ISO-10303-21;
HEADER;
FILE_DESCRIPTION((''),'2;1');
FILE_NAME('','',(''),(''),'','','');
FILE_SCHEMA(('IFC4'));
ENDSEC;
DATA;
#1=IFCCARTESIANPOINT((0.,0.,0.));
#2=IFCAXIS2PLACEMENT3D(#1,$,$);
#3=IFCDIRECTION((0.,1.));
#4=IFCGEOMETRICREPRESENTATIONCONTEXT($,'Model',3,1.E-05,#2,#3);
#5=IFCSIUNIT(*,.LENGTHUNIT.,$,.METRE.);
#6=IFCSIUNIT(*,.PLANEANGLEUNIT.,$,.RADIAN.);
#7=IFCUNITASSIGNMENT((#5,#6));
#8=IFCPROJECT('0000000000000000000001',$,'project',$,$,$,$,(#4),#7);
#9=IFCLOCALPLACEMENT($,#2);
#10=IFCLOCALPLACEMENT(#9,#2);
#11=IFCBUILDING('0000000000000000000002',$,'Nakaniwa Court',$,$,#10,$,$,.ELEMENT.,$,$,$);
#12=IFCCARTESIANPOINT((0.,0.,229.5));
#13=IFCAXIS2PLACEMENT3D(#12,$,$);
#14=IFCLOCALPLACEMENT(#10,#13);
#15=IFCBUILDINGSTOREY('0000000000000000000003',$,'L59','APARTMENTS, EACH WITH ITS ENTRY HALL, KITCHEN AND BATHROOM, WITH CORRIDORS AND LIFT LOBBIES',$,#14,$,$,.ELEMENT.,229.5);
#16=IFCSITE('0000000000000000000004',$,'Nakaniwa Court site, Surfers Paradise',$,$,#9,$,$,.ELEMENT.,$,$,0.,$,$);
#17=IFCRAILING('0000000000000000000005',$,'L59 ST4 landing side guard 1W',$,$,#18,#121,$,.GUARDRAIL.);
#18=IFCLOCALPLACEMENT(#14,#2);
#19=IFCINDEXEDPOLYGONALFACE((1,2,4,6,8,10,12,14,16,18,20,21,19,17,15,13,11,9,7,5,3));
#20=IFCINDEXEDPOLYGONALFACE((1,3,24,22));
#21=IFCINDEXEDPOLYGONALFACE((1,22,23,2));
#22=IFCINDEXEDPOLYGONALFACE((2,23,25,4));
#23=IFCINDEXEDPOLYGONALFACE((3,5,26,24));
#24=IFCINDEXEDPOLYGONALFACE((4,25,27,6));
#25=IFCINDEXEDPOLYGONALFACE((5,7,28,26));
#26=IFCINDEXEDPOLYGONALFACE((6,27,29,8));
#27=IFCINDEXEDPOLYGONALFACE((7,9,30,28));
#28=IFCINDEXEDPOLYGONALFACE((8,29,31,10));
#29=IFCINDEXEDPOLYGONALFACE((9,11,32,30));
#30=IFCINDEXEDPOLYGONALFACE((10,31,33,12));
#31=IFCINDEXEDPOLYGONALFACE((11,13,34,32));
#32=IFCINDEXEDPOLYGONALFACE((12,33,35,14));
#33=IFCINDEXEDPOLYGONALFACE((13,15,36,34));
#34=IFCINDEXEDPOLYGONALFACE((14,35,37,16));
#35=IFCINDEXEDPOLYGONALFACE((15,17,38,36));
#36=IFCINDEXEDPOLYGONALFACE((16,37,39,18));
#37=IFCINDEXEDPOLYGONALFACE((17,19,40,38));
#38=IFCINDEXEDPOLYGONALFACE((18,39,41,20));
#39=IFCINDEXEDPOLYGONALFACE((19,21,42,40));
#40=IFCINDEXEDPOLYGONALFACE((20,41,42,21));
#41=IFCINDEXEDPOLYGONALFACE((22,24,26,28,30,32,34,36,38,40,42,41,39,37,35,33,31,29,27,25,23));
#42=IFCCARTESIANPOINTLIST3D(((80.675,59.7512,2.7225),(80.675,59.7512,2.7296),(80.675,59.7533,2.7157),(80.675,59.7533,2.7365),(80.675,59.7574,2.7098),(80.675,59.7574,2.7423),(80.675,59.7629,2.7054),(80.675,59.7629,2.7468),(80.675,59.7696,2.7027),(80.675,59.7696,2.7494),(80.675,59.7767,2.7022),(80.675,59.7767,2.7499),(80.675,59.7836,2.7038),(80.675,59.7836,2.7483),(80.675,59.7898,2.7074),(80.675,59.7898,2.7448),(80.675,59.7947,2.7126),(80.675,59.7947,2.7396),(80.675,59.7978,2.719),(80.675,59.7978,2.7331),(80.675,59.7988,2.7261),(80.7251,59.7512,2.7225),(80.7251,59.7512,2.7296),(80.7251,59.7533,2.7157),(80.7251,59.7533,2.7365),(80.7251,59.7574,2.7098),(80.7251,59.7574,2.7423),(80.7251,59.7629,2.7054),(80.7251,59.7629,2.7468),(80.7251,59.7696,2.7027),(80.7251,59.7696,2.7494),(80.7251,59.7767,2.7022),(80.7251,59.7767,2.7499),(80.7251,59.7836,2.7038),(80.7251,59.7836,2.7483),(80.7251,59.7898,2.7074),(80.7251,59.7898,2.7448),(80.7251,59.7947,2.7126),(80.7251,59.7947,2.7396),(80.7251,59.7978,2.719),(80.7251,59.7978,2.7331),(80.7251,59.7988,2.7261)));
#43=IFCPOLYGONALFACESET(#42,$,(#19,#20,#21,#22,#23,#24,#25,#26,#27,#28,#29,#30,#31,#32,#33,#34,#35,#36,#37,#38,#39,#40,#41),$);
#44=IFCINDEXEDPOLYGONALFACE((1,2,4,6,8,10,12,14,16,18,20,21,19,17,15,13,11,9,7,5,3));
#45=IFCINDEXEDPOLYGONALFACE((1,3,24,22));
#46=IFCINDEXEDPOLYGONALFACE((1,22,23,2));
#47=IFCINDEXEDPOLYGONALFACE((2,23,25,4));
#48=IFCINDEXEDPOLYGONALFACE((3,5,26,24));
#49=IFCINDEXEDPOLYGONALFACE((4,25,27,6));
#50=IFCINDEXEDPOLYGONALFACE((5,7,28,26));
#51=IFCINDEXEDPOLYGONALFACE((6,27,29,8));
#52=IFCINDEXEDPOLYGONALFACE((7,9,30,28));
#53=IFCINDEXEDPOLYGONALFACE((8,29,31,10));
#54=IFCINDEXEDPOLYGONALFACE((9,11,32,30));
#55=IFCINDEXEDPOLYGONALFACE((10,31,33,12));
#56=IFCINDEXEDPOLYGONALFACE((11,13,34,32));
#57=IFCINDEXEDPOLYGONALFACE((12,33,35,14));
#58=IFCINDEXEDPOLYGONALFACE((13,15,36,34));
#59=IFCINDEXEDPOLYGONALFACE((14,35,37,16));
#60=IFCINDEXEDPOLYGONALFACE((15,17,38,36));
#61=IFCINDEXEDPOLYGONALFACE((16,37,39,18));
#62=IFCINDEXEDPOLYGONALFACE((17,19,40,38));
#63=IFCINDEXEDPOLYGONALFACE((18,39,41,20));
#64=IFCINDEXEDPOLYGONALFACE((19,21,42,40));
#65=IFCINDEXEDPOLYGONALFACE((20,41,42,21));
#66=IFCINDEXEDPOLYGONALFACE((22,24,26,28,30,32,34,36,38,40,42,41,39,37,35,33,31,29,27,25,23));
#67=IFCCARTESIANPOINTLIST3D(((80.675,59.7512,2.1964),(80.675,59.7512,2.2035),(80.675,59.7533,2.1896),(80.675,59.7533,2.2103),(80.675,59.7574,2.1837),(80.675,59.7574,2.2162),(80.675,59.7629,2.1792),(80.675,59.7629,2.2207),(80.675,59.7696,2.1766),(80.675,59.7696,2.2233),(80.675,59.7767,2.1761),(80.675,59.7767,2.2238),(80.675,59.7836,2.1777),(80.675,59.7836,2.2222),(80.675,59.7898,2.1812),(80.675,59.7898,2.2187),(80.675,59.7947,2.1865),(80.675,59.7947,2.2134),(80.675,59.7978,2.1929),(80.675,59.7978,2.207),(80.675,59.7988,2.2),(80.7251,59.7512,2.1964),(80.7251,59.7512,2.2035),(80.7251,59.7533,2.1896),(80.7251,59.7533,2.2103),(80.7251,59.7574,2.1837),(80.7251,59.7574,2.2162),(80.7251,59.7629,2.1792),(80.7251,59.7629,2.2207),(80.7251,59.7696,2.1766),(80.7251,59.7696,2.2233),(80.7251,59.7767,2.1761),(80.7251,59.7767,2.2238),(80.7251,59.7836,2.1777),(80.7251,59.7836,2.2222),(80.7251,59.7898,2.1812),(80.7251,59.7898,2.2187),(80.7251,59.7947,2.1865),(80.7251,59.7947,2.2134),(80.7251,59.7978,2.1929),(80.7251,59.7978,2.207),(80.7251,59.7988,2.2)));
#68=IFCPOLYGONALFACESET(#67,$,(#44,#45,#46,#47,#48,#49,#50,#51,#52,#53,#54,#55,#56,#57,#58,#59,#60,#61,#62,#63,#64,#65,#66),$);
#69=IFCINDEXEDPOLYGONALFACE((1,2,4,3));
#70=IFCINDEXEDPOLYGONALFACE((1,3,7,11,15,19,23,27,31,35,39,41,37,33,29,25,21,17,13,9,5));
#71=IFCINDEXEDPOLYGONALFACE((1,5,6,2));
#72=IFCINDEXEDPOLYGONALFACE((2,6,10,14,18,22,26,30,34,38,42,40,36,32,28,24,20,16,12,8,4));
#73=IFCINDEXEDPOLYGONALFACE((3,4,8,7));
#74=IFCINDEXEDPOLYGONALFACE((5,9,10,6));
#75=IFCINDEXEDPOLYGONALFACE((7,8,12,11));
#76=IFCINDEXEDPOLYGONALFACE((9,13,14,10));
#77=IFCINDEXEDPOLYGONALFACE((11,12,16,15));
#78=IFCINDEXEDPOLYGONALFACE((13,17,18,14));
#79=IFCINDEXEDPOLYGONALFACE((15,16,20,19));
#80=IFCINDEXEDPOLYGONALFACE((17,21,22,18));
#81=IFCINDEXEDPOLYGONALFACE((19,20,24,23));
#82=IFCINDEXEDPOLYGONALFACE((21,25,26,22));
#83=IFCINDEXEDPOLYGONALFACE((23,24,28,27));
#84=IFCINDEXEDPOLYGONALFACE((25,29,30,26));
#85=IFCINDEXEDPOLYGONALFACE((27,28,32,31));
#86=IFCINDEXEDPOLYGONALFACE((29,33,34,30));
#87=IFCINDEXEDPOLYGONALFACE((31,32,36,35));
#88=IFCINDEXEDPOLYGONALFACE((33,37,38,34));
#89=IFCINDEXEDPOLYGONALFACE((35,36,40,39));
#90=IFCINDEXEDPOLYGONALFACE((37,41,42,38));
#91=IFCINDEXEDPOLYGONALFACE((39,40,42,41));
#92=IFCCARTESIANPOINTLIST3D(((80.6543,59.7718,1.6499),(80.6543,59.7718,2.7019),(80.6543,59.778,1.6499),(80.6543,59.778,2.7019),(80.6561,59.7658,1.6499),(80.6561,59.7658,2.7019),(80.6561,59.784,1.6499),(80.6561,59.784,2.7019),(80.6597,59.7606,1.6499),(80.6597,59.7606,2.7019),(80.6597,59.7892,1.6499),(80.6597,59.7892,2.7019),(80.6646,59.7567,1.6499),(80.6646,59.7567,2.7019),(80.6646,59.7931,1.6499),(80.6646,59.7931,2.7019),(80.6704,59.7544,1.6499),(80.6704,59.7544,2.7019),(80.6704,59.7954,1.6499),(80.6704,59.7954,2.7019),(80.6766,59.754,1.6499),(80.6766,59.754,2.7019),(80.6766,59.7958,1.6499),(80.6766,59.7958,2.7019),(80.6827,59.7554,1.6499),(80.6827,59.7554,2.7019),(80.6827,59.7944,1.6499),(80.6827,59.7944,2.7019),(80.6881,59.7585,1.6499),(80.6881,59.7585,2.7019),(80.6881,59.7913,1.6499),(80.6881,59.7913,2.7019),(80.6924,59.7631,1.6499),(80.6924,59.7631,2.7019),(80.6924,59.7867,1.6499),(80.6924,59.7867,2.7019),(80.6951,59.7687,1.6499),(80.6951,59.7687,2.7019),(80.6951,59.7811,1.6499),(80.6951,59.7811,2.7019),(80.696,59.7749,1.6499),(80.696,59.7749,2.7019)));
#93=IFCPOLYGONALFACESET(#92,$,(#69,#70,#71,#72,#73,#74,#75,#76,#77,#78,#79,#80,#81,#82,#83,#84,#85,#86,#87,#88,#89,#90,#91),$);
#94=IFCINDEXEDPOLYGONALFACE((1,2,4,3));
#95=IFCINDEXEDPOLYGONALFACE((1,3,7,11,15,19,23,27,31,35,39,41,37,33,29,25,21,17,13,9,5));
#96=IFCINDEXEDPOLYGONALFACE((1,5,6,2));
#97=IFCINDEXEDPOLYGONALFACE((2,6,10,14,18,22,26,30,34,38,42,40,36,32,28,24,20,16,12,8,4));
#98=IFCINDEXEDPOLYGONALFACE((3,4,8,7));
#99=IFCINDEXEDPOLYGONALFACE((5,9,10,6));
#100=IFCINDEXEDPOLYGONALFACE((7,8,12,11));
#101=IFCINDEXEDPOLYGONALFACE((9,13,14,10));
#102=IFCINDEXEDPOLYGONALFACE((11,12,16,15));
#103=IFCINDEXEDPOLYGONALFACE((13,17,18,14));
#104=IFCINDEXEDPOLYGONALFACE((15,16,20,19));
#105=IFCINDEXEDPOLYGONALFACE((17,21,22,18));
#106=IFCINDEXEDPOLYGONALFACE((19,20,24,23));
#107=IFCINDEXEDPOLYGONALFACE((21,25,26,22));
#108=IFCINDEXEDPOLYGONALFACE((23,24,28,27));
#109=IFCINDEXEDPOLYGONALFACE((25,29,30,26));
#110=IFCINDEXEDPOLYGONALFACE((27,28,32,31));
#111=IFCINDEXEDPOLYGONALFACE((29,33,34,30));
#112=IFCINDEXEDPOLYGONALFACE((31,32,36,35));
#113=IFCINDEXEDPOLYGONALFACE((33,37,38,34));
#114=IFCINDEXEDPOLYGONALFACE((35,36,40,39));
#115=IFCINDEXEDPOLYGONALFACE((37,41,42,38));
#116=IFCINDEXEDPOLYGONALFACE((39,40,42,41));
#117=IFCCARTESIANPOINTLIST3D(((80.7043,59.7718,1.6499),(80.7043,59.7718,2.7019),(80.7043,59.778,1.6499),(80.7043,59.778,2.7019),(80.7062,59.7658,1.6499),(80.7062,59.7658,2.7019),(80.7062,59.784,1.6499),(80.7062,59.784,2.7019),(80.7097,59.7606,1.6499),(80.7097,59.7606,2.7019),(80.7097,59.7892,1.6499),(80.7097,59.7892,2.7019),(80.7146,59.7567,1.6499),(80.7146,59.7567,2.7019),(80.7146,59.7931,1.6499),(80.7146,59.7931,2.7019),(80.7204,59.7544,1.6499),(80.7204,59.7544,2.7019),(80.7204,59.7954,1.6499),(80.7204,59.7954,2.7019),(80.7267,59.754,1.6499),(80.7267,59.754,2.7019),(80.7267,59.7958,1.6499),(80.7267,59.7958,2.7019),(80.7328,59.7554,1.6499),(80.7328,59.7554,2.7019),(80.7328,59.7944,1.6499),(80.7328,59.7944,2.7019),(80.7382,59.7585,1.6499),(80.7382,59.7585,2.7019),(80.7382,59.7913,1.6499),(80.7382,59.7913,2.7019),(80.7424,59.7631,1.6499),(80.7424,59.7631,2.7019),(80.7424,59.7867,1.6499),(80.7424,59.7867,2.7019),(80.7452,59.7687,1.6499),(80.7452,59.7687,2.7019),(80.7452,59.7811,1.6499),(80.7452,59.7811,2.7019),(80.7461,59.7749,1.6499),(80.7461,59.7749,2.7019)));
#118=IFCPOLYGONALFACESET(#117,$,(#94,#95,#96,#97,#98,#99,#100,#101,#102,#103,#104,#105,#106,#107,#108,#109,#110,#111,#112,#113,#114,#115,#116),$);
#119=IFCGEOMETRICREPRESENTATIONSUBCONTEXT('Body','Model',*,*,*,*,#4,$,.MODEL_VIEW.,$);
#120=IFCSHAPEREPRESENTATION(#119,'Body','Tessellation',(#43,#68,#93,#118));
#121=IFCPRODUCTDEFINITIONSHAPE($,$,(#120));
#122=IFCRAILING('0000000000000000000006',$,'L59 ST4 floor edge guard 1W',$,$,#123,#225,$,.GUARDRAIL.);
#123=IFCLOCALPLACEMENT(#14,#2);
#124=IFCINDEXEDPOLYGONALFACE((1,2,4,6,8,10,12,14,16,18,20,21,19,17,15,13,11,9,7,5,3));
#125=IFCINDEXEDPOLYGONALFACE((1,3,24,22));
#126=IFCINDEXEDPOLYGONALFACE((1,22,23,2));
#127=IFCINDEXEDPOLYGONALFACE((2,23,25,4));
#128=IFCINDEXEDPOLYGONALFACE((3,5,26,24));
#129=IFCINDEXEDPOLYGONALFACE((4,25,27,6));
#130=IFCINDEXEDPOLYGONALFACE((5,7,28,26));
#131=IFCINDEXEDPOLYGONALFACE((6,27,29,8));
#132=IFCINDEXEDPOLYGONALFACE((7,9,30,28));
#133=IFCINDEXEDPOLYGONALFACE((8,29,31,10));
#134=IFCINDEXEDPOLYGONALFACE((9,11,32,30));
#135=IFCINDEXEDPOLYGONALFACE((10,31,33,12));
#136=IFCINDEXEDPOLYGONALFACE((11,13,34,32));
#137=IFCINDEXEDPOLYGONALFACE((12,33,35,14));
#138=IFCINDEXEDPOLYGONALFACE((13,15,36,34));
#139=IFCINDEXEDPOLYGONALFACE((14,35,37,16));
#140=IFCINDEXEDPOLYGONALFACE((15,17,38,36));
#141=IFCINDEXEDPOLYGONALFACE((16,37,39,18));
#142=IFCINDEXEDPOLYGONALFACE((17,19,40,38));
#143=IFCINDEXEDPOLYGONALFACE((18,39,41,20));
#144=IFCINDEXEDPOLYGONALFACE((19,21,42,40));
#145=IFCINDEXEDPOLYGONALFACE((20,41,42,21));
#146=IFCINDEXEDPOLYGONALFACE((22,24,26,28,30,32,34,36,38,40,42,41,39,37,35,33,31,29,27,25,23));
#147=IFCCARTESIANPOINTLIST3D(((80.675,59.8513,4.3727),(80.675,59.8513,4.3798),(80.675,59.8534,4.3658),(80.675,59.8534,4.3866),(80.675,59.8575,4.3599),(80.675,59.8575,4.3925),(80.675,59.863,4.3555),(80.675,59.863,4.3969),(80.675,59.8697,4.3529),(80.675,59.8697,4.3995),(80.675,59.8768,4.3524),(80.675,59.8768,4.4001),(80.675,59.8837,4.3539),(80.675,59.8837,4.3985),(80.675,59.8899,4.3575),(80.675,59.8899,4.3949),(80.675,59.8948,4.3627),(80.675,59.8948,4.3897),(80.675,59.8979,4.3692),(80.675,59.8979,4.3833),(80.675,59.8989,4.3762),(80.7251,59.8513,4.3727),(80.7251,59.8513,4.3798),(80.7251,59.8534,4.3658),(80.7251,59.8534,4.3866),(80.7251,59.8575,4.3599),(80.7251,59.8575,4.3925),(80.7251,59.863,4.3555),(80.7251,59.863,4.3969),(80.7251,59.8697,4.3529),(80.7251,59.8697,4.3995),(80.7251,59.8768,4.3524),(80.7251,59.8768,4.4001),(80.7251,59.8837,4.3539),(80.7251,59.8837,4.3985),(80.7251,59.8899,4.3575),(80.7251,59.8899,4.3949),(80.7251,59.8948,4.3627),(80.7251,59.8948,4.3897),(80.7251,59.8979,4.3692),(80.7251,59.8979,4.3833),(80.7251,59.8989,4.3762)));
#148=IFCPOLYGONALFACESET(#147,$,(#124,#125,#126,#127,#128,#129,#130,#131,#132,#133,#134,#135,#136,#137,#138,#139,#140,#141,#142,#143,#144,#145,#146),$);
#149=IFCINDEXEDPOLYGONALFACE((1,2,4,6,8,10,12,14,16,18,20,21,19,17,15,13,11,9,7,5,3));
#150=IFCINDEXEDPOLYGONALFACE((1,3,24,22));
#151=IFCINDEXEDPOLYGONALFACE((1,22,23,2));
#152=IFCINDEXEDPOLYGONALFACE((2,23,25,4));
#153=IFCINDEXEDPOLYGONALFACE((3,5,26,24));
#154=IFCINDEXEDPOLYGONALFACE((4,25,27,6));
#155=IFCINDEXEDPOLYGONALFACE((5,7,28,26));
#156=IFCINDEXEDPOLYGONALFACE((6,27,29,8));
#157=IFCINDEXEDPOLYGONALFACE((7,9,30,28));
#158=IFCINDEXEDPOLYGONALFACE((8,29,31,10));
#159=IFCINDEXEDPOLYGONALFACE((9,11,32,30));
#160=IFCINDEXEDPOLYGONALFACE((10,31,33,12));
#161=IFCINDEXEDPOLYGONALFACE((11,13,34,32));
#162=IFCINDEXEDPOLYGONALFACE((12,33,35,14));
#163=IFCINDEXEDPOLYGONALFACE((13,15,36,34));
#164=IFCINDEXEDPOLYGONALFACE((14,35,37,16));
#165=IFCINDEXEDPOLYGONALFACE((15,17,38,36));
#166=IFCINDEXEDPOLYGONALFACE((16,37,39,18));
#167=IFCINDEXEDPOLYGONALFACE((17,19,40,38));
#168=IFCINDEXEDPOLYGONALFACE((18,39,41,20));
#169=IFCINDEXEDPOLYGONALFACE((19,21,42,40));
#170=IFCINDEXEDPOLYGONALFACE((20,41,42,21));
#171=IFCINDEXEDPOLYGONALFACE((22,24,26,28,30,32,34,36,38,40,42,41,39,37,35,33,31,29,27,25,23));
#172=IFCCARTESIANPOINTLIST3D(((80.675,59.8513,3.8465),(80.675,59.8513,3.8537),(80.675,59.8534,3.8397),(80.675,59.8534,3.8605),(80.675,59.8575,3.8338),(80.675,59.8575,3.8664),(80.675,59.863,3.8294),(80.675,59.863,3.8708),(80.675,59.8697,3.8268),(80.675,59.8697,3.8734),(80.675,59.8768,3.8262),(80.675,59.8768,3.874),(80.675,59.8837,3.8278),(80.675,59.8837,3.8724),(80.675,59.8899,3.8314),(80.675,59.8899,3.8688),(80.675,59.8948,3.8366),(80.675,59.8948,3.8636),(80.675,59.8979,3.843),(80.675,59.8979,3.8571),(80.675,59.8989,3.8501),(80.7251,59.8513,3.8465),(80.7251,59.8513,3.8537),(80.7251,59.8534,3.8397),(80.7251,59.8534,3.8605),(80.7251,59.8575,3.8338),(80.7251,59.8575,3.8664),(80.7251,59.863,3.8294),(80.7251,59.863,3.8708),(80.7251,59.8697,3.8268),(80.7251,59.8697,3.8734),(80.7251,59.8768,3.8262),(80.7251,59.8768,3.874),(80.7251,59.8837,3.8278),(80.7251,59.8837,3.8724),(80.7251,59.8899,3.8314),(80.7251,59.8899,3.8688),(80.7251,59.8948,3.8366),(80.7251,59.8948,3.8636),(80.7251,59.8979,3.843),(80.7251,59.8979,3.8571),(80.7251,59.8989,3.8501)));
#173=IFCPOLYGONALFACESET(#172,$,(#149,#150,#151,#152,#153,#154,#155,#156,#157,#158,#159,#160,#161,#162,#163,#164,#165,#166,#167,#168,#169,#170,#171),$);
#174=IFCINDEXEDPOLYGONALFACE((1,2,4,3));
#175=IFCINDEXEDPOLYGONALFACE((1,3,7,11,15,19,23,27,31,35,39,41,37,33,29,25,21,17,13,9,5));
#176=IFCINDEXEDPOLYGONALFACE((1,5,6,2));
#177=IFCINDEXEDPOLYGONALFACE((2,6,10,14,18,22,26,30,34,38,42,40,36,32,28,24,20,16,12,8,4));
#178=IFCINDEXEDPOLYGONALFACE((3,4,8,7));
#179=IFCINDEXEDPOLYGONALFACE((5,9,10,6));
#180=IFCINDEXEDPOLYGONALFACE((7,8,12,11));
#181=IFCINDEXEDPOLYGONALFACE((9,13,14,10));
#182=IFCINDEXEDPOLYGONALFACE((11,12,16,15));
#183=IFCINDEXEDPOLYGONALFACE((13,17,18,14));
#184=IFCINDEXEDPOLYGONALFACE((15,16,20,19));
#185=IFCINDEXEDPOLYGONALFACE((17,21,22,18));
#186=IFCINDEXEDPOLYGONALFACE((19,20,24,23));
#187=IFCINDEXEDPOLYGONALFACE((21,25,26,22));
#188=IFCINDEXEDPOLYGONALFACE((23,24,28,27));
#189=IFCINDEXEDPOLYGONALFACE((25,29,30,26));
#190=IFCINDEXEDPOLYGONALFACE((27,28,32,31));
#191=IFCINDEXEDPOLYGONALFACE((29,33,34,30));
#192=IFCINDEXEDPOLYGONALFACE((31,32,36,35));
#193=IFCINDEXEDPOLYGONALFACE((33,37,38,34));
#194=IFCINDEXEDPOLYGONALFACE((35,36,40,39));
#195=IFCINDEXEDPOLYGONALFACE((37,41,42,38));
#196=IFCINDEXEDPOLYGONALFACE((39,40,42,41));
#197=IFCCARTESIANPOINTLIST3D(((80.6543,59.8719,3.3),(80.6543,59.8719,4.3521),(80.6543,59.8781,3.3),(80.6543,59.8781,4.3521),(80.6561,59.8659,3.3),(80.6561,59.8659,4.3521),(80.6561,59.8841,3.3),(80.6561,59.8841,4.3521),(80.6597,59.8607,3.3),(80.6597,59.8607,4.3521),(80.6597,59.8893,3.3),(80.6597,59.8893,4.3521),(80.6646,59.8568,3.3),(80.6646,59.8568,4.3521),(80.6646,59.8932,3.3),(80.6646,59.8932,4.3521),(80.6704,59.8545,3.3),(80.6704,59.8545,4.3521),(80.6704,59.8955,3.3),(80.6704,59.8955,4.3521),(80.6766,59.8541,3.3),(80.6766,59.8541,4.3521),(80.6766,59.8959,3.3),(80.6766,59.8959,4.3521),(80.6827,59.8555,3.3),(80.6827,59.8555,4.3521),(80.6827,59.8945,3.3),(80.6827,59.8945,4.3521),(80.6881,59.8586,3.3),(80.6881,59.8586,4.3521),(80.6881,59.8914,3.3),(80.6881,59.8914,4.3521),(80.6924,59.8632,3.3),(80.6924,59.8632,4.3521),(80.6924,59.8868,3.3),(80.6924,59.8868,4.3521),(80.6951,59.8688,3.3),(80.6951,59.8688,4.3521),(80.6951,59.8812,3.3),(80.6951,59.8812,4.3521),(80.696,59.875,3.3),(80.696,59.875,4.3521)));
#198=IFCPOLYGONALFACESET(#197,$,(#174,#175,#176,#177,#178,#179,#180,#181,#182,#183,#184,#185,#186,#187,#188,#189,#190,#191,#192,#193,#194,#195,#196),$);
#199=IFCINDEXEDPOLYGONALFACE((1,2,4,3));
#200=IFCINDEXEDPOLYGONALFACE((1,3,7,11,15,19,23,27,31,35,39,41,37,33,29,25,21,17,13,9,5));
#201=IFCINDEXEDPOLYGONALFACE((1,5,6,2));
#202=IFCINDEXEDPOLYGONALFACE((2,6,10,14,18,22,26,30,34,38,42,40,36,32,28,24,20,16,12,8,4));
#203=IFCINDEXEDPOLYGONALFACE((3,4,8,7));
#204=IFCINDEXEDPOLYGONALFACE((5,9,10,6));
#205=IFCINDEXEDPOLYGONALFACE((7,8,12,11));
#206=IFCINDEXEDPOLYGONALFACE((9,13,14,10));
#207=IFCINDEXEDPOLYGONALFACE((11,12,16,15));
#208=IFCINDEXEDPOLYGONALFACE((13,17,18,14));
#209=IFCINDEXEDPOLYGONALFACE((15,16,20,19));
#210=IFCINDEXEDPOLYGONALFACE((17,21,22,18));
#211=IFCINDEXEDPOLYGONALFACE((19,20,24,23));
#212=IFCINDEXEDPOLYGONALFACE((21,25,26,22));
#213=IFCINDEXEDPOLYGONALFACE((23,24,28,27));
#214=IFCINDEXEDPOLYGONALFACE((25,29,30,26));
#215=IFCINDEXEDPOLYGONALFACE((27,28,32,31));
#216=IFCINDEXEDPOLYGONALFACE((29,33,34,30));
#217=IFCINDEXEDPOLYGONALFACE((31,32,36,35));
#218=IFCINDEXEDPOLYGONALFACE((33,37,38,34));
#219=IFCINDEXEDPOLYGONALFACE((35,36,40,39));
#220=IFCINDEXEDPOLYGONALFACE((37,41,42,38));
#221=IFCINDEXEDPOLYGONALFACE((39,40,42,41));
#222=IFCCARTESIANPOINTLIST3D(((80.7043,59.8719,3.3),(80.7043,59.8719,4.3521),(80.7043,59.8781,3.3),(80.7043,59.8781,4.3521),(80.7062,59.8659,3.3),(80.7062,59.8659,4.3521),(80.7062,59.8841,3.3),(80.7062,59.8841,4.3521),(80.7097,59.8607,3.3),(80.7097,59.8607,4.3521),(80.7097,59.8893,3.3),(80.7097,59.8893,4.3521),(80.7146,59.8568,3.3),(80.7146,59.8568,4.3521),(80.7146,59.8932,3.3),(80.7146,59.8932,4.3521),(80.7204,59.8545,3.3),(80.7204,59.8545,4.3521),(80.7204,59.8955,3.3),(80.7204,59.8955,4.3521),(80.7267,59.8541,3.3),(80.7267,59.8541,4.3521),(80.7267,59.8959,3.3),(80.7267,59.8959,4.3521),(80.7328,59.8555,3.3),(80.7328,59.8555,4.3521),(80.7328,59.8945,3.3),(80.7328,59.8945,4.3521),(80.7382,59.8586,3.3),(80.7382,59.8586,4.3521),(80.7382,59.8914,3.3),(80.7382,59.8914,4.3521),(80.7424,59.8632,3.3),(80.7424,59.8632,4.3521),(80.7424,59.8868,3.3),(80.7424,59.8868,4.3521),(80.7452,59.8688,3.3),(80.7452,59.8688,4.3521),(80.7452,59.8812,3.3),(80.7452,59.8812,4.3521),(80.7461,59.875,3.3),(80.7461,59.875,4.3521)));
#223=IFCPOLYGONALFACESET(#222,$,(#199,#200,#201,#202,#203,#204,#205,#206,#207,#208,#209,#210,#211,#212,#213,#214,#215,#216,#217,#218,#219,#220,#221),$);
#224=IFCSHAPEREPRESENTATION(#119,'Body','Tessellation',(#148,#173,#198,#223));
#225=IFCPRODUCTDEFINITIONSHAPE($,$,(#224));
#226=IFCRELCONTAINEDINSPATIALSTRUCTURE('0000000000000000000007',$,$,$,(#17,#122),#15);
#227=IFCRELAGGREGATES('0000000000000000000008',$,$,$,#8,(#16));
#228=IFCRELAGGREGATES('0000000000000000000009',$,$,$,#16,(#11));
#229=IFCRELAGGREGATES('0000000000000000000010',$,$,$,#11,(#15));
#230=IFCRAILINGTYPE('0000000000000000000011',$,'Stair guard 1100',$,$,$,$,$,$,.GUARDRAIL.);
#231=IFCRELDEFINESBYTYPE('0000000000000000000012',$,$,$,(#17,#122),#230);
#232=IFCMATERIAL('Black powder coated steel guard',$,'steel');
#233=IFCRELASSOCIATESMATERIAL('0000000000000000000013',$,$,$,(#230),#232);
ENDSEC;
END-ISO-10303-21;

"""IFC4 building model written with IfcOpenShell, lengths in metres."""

from ifc_helpers import new_model, si_unit, direction, frame, origin, origin_2d, place, context, subcontext, project, spatial, circle, extrude, material, type_object, element, save


model = new_model("IFC4")

# Units and contexts
model_context = context("Model", 3, precision=1e-05, world=origin(), true_north=direction((0.0, 1.0)))
body_context = subcontext(model_context, "Body", "Model", "MODEL_VIEW")
ifc_project = project(units=[si_unit("LENGTHUNIT", "METRE"), si_unit("PLANEANGLEUNIT", "RADIAN")], contexts=[model_context])

# Site, building, storey
site_placement = place(None, origin())
site = spatial("IfcSite", under=ifc_project, at=site_placement, Name="Nakaniwa Court site, Surfers Paradise", CompositionType="ELEMENT", RefElevation=0.0)
building_placement = place(site_placement, origin())
building = spatial("IfcBuilding", under=site, at=building_placement, Name="Nakaniwa Court", CompositionType="ELEMENT")
storey_placement = place(building_placement, frame((0.0, 0.0, 229.5)))
storey = spatial("IfcBuildingStorey", under=building, at=storey_placement, Name="L59", Description="APARTMENTS, EACH WITH ITS ENTRY HALL, KITCHEN AND BATHROOM, WITH CORRIDORS AND LIFT LOBBIES", CompositionType="ELEMENT", Elevation=229.5)

# Railings
ifc_material_1 = material(Name="Black powder coated steel guard", Category="steel")
railing_type_1 = type_object("IfcRailingType", Name="Stair guard 1100", PredefinedType="GUARDRAIL", material=ifc_material_1)
for number, where, name in (
    (1, (80.675, 59.7749, 1.6499), "L59 ST4 landing side guard 1W"),
    (2, (80.675, 59.875, 3.3), "L59 ST4 floor edge guard 1W"),
):
    element("IfcRailing", number, at=place(storey_placement, frame(where)), inside=storey, type_object=railing_type_1, Name=name, PredefinedType="GUARDRAIL", context=body_context, shape_type="SweptSolid", body=[
        extrude(circle(Radius=0.0239, at=origin_2d()), frame((0.0, 0.0, 1.0762), z_axis=(1.0, 0.0, 0.0), x_axis=(0.0, 1.0, 0.0)), (0.0, 0.0, 1.0), 0.05),
        extrude(circle(Radius=0.0239, at=origin_2d()), frame((0.0, 0.0, 0.55), z_axis=(1.0, 0.0, 0.0), x_axis=(0.0, 1.0, 0.0)), (0.0, 0.0, 1.0), 0.05),
        extrude(circle(Radius=0.021, at=origin_2d()), origin(), (0.0, 0.0, 1.0), 1.052),
        extrude(circle(Radius=0.021, at=origin_2d()), frame((0.05, 0.0, 0.0)), (0.0, 0.0, 1.0), 1.052),
    ])

save(model, "model.ifc")
